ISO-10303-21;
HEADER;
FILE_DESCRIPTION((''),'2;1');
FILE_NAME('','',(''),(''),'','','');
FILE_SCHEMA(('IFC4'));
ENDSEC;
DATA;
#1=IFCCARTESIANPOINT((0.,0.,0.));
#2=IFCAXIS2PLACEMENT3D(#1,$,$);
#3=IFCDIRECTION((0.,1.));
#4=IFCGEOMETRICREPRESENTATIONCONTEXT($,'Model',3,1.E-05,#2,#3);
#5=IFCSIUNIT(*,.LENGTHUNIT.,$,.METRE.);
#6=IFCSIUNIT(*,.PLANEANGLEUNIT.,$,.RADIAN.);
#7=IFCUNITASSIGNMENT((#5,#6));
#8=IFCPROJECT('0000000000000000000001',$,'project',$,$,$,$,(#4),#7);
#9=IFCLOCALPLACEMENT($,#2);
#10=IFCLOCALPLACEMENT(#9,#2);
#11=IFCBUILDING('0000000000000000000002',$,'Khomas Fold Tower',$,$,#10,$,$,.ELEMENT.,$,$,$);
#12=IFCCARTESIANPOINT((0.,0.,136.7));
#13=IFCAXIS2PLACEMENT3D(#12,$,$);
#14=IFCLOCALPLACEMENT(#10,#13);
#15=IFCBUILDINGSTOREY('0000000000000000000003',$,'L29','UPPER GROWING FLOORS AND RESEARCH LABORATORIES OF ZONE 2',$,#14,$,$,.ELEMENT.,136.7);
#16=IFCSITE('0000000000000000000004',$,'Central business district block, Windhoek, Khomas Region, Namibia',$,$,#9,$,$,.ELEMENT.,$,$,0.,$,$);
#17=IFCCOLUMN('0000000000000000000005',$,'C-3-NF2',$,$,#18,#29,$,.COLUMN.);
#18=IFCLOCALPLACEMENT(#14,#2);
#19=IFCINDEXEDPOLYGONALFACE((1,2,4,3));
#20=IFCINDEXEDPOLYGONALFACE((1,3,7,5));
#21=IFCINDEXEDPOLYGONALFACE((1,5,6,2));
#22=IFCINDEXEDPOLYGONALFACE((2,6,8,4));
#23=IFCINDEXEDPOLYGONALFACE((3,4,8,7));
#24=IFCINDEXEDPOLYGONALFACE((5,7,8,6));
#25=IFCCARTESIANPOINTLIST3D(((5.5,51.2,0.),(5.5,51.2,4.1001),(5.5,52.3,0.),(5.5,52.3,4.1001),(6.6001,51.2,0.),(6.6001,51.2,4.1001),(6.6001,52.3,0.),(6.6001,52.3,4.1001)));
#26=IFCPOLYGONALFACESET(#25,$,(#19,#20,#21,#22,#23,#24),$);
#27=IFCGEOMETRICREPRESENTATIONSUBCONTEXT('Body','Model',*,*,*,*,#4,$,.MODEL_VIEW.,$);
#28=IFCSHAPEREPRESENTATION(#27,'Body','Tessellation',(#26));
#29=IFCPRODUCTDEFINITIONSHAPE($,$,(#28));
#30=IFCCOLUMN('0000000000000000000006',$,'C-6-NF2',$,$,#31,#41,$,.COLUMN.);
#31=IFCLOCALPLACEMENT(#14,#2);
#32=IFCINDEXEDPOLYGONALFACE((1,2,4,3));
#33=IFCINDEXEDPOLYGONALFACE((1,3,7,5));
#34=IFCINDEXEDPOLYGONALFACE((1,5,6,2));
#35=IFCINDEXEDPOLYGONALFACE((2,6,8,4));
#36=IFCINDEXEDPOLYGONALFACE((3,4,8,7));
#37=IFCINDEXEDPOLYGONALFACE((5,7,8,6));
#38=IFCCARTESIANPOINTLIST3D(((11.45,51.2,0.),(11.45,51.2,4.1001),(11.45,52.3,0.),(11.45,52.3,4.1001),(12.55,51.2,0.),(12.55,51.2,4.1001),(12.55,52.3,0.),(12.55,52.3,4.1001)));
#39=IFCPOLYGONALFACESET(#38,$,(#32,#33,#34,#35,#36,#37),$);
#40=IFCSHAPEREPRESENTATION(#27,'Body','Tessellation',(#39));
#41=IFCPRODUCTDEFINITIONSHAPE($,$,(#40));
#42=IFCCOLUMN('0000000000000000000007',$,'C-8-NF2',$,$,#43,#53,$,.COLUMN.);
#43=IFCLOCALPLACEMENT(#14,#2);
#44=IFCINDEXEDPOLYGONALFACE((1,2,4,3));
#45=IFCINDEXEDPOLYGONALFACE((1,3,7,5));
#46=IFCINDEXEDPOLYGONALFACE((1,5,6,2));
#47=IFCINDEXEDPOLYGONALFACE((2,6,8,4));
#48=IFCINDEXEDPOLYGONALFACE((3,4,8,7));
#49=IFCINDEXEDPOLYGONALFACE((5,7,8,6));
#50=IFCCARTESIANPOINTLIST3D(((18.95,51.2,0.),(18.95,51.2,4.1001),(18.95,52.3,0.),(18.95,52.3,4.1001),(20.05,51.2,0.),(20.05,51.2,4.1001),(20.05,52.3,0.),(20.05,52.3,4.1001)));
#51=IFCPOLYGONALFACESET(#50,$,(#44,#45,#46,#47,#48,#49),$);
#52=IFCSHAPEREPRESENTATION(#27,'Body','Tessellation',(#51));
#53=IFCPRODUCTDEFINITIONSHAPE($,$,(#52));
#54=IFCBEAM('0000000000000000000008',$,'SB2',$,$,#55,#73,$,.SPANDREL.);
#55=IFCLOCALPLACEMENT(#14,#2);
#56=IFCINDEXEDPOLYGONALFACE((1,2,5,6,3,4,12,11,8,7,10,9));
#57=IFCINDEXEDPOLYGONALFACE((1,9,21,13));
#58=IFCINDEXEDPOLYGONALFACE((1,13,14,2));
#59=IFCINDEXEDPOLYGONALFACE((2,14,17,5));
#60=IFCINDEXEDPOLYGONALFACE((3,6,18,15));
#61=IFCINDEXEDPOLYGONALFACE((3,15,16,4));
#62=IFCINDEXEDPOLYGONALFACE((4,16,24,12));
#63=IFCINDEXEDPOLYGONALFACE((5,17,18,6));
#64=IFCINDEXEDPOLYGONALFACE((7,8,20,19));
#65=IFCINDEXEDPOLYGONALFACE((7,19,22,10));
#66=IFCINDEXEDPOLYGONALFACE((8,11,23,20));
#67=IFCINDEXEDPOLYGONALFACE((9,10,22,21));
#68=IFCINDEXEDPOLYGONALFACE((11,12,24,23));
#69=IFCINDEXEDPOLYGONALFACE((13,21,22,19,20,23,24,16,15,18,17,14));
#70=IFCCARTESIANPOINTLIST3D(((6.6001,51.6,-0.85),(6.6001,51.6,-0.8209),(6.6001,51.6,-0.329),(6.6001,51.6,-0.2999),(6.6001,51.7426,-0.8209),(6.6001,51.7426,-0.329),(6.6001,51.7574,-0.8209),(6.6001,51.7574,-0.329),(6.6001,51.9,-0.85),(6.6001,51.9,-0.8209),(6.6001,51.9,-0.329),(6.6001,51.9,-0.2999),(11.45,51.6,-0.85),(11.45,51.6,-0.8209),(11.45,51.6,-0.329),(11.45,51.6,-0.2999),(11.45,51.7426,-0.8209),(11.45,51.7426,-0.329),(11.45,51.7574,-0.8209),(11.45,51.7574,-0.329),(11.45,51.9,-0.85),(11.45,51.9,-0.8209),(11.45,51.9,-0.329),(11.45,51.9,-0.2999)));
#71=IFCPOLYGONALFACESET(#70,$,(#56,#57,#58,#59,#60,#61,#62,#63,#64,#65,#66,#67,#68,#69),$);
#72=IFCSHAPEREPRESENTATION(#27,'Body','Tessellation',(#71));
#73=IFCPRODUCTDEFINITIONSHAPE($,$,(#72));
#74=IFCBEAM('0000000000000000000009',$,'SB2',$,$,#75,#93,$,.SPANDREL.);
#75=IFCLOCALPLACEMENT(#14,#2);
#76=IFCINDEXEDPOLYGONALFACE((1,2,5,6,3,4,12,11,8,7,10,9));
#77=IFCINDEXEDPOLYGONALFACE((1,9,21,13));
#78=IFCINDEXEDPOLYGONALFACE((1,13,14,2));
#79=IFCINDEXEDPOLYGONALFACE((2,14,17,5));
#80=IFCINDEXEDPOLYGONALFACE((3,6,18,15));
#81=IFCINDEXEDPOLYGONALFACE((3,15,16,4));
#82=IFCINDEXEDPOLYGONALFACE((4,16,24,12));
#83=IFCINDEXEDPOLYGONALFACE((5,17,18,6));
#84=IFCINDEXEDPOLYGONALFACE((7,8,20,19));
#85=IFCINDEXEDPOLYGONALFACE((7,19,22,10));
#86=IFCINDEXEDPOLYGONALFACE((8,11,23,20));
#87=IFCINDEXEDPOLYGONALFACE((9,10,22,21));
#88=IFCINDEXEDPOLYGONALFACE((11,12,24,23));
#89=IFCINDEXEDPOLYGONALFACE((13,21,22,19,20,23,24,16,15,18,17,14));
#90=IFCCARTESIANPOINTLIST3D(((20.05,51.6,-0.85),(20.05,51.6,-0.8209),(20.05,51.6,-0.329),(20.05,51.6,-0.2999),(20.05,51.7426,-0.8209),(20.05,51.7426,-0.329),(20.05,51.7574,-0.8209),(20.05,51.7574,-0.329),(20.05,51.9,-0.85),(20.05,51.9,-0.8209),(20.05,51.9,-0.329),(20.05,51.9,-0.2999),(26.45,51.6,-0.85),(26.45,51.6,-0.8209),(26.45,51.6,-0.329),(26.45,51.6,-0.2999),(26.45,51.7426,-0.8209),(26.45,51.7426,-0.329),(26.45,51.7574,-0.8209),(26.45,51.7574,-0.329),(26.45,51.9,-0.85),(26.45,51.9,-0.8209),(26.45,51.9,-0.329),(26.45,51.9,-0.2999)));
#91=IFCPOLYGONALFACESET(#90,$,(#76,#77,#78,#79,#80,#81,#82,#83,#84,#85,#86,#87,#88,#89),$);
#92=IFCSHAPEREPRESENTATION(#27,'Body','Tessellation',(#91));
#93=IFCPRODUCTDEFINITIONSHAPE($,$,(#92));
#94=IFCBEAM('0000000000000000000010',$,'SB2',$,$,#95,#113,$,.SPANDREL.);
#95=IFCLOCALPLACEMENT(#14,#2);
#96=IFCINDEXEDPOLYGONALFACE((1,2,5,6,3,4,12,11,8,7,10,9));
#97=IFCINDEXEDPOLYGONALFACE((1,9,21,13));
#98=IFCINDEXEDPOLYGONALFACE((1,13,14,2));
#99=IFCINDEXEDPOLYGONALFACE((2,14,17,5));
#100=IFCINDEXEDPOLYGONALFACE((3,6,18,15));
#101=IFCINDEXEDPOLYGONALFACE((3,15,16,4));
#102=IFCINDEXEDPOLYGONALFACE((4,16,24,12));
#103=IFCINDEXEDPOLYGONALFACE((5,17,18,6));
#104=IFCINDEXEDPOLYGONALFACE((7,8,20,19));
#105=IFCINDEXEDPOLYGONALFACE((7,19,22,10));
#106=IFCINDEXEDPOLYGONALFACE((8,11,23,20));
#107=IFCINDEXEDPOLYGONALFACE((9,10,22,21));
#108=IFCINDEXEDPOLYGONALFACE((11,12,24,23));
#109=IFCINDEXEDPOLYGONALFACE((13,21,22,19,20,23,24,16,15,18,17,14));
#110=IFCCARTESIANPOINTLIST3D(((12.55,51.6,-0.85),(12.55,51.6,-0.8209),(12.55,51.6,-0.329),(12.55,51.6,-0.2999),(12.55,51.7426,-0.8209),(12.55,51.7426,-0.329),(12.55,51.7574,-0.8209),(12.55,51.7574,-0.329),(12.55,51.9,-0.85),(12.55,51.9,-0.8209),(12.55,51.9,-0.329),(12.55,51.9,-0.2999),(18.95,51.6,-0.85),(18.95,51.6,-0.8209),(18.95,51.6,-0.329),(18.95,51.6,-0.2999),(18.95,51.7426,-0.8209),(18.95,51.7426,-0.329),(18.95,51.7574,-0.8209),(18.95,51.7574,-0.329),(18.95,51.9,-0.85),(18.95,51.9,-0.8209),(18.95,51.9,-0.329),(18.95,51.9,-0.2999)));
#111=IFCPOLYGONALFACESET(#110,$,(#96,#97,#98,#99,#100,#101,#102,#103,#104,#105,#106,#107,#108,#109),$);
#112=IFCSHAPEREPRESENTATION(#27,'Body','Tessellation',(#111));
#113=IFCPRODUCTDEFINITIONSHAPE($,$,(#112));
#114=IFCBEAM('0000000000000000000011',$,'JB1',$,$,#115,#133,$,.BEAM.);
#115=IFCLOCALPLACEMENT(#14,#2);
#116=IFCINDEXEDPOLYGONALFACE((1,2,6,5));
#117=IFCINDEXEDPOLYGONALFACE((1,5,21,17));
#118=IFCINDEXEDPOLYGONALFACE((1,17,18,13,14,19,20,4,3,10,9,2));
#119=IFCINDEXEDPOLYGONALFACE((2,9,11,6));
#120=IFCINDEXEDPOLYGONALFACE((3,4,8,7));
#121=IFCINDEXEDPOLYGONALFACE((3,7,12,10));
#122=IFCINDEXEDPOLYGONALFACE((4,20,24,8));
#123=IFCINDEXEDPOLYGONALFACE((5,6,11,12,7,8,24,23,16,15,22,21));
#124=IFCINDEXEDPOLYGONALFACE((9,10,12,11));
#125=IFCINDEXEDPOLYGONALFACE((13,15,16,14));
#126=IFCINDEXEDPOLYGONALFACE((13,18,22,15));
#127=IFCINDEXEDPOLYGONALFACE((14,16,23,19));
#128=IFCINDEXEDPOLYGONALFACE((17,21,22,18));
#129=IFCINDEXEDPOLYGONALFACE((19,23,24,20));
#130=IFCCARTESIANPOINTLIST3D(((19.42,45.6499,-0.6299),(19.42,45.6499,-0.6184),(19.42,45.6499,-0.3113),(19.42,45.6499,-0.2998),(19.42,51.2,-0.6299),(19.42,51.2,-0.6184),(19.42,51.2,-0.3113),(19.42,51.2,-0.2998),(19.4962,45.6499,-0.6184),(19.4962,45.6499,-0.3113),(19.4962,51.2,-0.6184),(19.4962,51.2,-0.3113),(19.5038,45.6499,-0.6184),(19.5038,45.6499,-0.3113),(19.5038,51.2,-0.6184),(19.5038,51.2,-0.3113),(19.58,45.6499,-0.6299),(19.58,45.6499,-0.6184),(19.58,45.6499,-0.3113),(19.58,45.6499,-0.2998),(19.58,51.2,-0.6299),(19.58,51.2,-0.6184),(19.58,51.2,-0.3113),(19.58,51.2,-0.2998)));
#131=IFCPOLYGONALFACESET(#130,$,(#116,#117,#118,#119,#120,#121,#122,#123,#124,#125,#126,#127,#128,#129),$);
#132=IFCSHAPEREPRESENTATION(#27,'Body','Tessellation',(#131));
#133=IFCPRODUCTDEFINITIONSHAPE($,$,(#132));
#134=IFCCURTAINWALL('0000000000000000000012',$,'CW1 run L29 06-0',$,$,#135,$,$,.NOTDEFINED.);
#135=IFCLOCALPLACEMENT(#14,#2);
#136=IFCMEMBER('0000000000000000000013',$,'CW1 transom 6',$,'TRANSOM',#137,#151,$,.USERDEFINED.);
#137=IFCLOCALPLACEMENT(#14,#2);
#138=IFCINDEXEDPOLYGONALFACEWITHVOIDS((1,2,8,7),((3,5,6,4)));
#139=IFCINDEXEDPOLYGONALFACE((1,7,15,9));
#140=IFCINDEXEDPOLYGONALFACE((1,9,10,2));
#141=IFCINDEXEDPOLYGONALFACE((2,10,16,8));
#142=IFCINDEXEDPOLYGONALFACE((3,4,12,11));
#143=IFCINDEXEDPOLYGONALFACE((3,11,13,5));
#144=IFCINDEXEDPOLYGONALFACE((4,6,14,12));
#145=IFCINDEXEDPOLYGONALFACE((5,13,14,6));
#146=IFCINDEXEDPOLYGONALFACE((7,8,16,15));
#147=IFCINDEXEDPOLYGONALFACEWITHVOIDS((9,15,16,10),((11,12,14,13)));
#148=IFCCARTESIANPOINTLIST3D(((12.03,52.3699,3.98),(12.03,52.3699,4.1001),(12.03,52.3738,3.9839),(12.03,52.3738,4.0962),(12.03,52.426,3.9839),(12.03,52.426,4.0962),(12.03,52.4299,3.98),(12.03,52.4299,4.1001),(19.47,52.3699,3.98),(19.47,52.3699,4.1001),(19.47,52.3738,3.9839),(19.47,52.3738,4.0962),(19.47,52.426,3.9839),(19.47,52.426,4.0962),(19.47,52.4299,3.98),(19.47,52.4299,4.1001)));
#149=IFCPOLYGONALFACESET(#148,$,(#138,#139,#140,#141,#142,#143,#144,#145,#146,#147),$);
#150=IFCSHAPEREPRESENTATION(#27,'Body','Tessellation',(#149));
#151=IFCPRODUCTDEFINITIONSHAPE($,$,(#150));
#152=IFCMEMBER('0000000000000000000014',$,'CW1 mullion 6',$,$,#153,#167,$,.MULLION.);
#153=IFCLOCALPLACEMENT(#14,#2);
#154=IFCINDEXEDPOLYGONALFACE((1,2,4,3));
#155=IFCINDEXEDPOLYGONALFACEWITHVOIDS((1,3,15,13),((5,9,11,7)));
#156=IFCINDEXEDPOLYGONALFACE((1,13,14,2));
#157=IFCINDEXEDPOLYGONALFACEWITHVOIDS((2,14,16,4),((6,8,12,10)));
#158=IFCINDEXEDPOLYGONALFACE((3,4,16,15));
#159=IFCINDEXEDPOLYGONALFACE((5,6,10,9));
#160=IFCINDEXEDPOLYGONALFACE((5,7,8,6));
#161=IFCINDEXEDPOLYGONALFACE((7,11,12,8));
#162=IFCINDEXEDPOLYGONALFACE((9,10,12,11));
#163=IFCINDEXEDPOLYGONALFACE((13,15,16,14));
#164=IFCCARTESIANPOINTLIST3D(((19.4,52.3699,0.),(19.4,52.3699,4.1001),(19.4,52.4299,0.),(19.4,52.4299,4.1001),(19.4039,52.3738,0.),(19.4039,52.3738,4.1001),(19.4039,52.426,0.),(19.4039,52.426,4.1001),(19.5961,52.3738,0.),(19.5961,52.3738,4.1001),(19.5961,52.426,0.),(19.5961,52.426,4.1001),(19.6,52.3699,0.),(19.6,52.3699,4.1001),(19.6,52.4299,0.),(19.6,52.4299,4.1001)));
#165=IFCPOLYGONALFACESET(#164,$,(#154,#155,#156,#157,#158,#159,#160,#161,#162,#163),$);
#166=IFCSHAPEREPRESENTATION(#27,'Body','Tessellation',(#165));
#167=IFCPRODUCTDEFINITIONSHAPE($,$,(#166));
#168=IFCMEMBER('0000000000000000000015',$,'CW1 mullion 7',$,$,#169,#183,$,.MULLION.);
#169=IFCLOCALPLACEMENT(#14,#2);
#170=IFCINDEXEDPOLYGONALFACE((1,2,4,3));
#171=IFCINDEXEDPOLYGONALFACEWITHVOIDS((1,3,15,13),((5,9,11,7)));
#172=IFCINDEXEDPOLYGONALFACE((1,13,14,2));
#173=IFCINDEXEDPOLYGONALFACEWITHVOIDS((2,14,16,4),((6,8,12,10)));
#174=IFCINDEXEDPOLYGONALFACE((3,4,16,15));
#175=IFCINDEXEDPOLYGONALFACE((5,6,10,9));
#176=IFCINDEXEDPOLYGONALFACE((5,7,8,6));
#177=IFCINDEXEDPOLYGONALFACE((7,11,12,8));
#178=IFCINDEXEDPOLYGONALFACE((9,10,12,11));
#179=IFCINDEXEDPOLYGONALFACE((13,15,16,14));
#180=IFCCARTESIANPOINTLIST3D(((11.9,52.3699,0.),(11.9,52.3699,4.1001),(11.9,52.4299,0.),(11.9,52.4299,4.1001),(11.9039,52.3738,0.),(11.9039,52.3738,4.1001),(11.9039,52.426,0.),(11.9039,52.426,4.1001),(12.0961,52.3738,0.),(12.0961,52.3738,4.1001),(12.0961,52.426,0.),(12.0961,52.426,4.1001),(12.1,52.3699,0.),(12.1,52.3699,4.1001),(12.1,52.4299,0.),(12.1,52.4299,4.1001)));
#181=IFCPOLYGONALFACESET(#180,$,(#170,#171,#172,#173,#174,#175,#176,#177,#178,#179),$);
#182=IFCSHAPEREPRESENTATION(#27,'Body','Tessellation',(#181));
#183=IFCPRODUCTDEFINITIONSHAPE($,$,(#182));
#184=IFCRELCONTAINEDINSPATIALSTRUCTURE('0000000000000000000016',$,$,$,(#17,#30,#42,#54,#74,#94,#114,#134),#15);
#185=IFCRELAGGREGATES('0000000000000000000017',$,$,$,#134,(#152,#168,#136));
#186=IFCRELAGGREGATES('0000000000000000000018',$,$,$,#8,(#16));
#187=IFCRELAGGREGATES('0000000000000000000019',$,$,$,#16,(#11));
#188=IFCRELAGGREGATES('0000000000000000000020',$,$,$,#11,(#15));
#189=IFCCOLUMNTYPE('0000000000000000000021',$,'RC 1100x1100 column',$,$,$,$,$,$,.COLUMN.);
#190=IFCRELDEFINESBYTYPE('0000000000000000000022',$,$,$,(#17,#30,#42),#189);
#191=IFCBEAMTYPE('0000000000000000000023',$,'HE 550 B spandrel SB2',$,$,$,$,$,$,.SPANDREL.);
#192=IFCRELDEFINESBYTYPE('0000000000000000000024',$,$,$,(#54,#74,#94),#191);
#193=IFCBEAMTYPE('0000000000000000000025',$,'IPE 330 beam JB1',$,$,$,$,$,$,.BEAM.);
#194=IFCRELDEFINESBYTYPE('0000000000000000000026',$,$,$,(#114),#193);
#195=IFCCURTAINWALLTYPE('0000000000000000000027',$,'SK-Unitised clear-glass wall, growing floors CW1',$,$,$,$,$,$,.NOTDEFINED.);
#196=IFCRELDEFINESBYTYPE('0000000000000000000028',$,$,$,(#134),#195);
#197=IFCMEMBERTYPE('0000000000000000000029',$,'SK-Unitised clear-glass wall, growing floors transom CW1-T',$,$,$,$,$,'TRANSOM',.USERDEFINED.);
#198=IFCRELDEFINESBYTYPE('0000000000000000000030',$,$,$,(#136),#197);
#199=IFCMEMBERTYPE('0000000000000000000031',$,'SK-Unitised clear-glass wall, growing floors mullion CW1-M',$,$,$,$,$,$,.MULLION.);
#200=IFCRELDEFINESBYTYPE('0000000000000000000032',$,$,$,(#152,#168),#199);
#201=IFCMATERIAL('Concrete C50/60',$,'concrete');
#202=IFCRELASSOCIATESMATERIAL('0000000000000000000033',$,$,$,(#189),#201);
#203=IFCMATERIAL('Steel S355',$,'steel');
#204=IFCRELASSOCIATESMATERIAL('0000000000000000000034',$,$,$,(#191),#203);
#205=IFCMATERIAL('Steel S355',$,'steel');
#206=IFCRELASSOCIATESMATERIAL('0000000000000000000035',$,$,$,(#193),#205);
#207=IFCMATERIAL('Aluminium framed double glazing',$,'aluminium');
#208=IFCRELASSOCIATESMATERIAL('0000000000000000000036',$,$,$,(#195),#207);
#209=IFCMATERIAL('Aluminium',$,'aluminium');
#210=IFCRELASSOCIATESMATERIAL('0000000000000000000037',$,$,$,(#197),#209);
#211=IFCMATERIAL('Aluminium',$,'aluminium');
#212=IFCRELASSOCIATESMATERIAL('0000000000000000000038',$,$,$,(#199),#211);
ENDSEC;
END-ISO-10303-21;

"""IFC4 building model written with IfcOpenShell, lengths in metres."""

from ifc_helpers import new_model, si_unit, direction, frame, origin, origin_2d, place, context, subcontext, project, spatial, rectangle, hollow_rectangle, i_section, extrude, source, transform, mapped, material, material_profile, profile_set, type_object, element, aggregate, save


model = new_model("IFC4")

# Units and contexts
model_context = context("Model", 3, precision=1e-05, world=origin(), true_north=direction((0.0, 1.0)))
body_context = subcontext(model_context, "Body", "Model", "MODEL_VIEW")
ifc_project = project(units=[si_unit("LENGTHUNIT", "METRE"), si_unit("PLANEANGLEUNIT", "RADIAN")], contexts=[model_context])

# Site, building, storey
site_placement = place(None, origin())
site = spatial("IfcSite", under=ifc_project, at=site_placement, Name="Central business district block, Windhoek, Khomas Region, Namibia", CompositionType="ELEMENT", RefElevation=0.0)
building_placement = place(site_placement, origin())
building = spatial("IfcBuilding", under=site, at=building_placement, Name="Khomas Fold Tower", CompositionType="ELEMENT")
storey_placement = place(building_placement, frame((0.0, 0.0, 136.7)))
storey = spatial("IfcBuildingStorey", under=building, at=storey_placement, Name="L29", Description="UPPER GROWING FLOORS AND RESEARCH LABORATORIES OF ZONE 2", CompositionType="ELEMENT", Elevation=136.7)

# Columns
ifc_material_1 = material(Name="Concrete C50/60", Category="concrete")
ifc_material_profile_1 = material_profile(ifc_material_1, rectangle(XDim=1.1001, YDim=1.1001, at=origin_2d()), Name="RC 1100x1100")
ifc_profile_set_1 = profile_set([ifc_material_profile_1], Name="Concrete C50/60")
column_type = type_object("IfcColumnType", Name="RC 1100x1100 column", PredefinedType="COLUMN", material=ifc_profile_set_1)
shared_shape_1 = source(origin(), body_context, "Body", "SweptSolid", [
    extrude(rectangle(XDim=1.1001, YDim=1.1001, at=origin_2d()), origin(), (0.0, 0.0, 1.0), 4.1001),
])
for number, where, z_axis, x_axis, name in (
    (1, (6.05, 51.75, 0.0), (0.0, 0.0, 1.0), (1.0, 0.0, 0.0), "C-3-NF2"),
    (2, (12.0, 51.75, 0.0), (0.0, 0.0, 1.0), (1.0, 0.0, 0.0), "C-6-NF2"),
    (3, (19.5, 51.75, 0.0), (0.0, 0.0, 1.0), (1.0, 0.0, 0.0), "C-8-NF2"),
):
    element("IfcColumn", number, at=place(storey_placement, frame(where, z_axis=z_axis, x_axis=x_axis)), inside=storey, type_object=column_type, Name=name, PredefinedType="COLUMN", context=body_context, shape_type="MappedRepresentation", body=[
        mapped(shared_shape_1, transform((0.0, 0.0, 0.0))),
    ])

# Beams
ifc_material_2 = material(Name="Steel S355", Category="steel")
ifc_material_profile_2 = material_profile(ifc_material_2, i_section(OverallWidth=0.3, OverallDepth=0.55, WebThickness=0.0149, FlangeThickness=0.0291, at=origin_2d()), Name="HE 550 B")
ifc_profile_set_2 = profile_set([ifc_material_profile_2], Name="Steel S355")
beam_type_1 = type_object("IfcBeamType", Name="HE 550 B spandrel SB2", PredefinedType="SPANDREL", material=ifc_profile_set_2)
shared_shape_2 = source(origin(), body_context, "Body", "SweptSolid", [
    extrude(i_section(OverallWidth=0.3, OverallDepth=0.55, WebThickness=0.0149, FlangeThickness=0.0291, at=origin_2d()), origin(), (0.0, 0.0, 1.0), 4.8499),
])
beam_1_placement = place(storey_placement, frame((6.6001, 51.75, -0.575), z_axis=(1.0, 0.0, 0.0), x_axis=(0.0, 1.0, 0.0)))
element("IfcBeam", 4, at=beam_1_placement, inside=storey, type_object=beam_type_1, Name="SB2", PredefinedType="SPANDREL", context=body_context, shape_type="MappedRepresentation", body=[
    mapped(shared_shape_2, transform((0.0, 0.0, 0.0))),
])
shared_shape_3 = source(origin(), body_context, "Body", "SweptSolid", [
    extrude(i_section(OverallWidth=0.3, OverallDepth=0.55, WebThickness=0.0149, FlangeThickness=0.0291, at=origin_2d()), origin(), (0.0, 0.0, 1.0), 6.3999),
])
for number, where, z_axis, x_axis, name in (
    (5, (20.05, 51.75, -0.575), (1.0, 0.0, 0.0), (0.0, 1.0, 0.0), "SB2"),
    (6, (12.55, 51.75, -0.575), (1.0, 0.0, 0.0), (0.0, 1.0, 0.0), "SB2"),
):
    element("IfcBeam", number, at=place(storey_placement, frame(where, z_axis=z_axis, x_axis=x_axis)), inside=storey, type_object=beam_type_1, Name=name, PredefinedType="SPANDREL", context=body_context, shape_type="MappedRepresentation", body=[
        mapped(shared_shape_3, transform((0.0, 0.0, 0.0))),
    ])
ifc_material_3 = material(Name="Steel S355", Category="steel")
ifc_material_profile_3 = material_profile(ifc_material_3, i_section(OverallWidth=0.1599, OverallDepth=0.3301, WebThickness=0.0076, FlangeThickness=0.0115, at=origin_2d()), Name="IPE 330")
ifc_profile_set_3 = profile_set([ifc_material_profile_3], Name="Steel S355")
beam_type_2 = type_object("IfcBeamType", Name="IPE 330 beam JB1", PredefinedType="BEAM", material=ifc_profile_set_3)
shared_shape_4 = source(origin(), body_context, "Body", "SweptSolid", [
    extrude(i_section(OverallWidth=0.1599, OverallDepth=0.3301, WebThickness=0.0076, FlangeThickness=0.0115, at=origin_2d()), origin(), (0.0, 0.0, 1.0), 5.55),
])
beam_2_placement = place(storey_placement, frame((19.5, 45.6499, -0.4648), z_axis=(0.0, 1.0, 0.0), x_axis=(-1.0, 0.0, 0.0)))
element("IfcBeam", 7, at=beam_2_placement, inside=storey, type_object=beam_type_2, Name="JB1", PredefinedType="BEAM", context=body_context, shape_type="MappedRepresentation", body=[
    mapped(shared_shape_4, transform((0.0, 0.0, 0.0))),
])

# Curtain wall, members
ifc_material_4 = material(Name="Aluminium framed double glazing", Category="aluminium")
curtain_wall_type = type_object("IfcCurtainWallType", Name="SK-Unitised clear-glass wall, growing floors CW1", PredefinedType="NOTDEFINED", material=ifc_material_4)
curtain_wall_placement = place(storey_placement, origin())
curtain_wall = element("IfcCurtainWall", 8, at=curtain_wall_placement, inside=storey, type_object=curtain_wall_type, Name="CW1 run L29 06-0", PredefinedType="NOTDEFINED")
ifc_material_5 = material(Name="Aluminium", Category="aluminium")
ifc_material_profile_4 = material_profile(ifc_material_5, hollow_rectangle(XDim=0.0601, YDim=0.1201, WallThickness=0.0039, at=origin_2d()), Name="SK-Unitised clear-glass wall, growing floors transom CW1-T")
ifc_profile_set_4 = profile_set([ifc_material_profile_4], Name="Aluminium")
member_type_1 = type_object("IfcMemberType", Name="SK-Unitised clear-glass wall, growing floors transom CW1-T", ElementType="TRANSOM", PredefinedType="USERDEFINED", material=ifc_profile_set_4)
shared_shape_5 = source(origin(), body_context, "Body", "SweptSolid", [
    extrude(hollow_rectangle(XDim=0.0601, YDim=0.1201, WallThickness=0.0039, at=origin_2d()), origin(), (0.0, 0.0, 1.0), 7.4399),
])
member_1_placement = place(storey_placement, frame((19.47, 52.3999, 4.04), z_axis=(-1.0, 0.0, 0.0), x_axis=(0.0, -1.0, 0.0)))
member_1 = element("IfcMember", 9, at=member_1_placement, type_object=member_type_1, Name="CW1 transom 6", ObjectType="TRANSOM", PredefinedType="USERDEFINED", context=body_context, shape_type="MappedRepresentation", body=[
    mapped(shared_shape_5, transform((0.0, 0.0, 0.0))),
])
ifc_material_6 = material(Name="Aluminium", Category="aluminium")
ifc_material_profile_5 = material_profile(ifc_material_6, hollow_rectangle(XDim=0.0601, YDim=0.2, WallThickness=0.0039, at=origin_2d()), Name="SK-Unitised clear-glass wall, growing floors mullion CW1-M")
ifc_profile_set_5 = profile_set([ifc_material_profile_5], Name="Aluminium")
member_type_2 = type_object("IfcMemberType", Name="SK-Unitised clear-glass wall, growing floors mullion CW1-M", PredefinedType="MULLION", material=ifc_profile_set_5)
shared_shape_6 = source(origin(), body_context, "Body", "SweptSolid", [
    extrude(hollow_rectangle(XDim=0.0601, YDim=0.2, WallThickness=0.0039, at=origin_2d()), origin(), (0.0, 0.0, 1.0), 4.1001),
])
member_2_placement = place(storey_placement, frame((19.5, 52.3999, 0.0), z_axis=(0.0, 0.0, 1.0), x_axis=(0.0, -1.0, 0.0)))
member_2 = element("IfcMember", 10, at=member_2_placement, type_object=member_type_2, Name="CW1 mullion 6", PredefinedType="MULLION", context=body_context, shape_type="MappedRepresentation", body=[
    mapped(shared_shape_6, transform((0.0, 0.0, 0.0))),
])
member_3_placement = place(storey_placement, frame((12.0, 52.3999, 0.0), z_axis=(0.0, 0.0, 1.0), x_axis=(0.0, -1.0, 0.0)))
member_3 = element("IfcMember", 11, at=member_3_placement, type_object=member_type_2, Name="CW1 mullion 7", PredefinedType="MULLION", context=body_context, shape_type="MappedRepresentation", body=[
    mapped(shared_shape_6, transform((0.0, 0.0, 0.0))),
])
aggregate(curtain_wall, [member_2, member_3, member_1])

save(model, "model.ifc")
